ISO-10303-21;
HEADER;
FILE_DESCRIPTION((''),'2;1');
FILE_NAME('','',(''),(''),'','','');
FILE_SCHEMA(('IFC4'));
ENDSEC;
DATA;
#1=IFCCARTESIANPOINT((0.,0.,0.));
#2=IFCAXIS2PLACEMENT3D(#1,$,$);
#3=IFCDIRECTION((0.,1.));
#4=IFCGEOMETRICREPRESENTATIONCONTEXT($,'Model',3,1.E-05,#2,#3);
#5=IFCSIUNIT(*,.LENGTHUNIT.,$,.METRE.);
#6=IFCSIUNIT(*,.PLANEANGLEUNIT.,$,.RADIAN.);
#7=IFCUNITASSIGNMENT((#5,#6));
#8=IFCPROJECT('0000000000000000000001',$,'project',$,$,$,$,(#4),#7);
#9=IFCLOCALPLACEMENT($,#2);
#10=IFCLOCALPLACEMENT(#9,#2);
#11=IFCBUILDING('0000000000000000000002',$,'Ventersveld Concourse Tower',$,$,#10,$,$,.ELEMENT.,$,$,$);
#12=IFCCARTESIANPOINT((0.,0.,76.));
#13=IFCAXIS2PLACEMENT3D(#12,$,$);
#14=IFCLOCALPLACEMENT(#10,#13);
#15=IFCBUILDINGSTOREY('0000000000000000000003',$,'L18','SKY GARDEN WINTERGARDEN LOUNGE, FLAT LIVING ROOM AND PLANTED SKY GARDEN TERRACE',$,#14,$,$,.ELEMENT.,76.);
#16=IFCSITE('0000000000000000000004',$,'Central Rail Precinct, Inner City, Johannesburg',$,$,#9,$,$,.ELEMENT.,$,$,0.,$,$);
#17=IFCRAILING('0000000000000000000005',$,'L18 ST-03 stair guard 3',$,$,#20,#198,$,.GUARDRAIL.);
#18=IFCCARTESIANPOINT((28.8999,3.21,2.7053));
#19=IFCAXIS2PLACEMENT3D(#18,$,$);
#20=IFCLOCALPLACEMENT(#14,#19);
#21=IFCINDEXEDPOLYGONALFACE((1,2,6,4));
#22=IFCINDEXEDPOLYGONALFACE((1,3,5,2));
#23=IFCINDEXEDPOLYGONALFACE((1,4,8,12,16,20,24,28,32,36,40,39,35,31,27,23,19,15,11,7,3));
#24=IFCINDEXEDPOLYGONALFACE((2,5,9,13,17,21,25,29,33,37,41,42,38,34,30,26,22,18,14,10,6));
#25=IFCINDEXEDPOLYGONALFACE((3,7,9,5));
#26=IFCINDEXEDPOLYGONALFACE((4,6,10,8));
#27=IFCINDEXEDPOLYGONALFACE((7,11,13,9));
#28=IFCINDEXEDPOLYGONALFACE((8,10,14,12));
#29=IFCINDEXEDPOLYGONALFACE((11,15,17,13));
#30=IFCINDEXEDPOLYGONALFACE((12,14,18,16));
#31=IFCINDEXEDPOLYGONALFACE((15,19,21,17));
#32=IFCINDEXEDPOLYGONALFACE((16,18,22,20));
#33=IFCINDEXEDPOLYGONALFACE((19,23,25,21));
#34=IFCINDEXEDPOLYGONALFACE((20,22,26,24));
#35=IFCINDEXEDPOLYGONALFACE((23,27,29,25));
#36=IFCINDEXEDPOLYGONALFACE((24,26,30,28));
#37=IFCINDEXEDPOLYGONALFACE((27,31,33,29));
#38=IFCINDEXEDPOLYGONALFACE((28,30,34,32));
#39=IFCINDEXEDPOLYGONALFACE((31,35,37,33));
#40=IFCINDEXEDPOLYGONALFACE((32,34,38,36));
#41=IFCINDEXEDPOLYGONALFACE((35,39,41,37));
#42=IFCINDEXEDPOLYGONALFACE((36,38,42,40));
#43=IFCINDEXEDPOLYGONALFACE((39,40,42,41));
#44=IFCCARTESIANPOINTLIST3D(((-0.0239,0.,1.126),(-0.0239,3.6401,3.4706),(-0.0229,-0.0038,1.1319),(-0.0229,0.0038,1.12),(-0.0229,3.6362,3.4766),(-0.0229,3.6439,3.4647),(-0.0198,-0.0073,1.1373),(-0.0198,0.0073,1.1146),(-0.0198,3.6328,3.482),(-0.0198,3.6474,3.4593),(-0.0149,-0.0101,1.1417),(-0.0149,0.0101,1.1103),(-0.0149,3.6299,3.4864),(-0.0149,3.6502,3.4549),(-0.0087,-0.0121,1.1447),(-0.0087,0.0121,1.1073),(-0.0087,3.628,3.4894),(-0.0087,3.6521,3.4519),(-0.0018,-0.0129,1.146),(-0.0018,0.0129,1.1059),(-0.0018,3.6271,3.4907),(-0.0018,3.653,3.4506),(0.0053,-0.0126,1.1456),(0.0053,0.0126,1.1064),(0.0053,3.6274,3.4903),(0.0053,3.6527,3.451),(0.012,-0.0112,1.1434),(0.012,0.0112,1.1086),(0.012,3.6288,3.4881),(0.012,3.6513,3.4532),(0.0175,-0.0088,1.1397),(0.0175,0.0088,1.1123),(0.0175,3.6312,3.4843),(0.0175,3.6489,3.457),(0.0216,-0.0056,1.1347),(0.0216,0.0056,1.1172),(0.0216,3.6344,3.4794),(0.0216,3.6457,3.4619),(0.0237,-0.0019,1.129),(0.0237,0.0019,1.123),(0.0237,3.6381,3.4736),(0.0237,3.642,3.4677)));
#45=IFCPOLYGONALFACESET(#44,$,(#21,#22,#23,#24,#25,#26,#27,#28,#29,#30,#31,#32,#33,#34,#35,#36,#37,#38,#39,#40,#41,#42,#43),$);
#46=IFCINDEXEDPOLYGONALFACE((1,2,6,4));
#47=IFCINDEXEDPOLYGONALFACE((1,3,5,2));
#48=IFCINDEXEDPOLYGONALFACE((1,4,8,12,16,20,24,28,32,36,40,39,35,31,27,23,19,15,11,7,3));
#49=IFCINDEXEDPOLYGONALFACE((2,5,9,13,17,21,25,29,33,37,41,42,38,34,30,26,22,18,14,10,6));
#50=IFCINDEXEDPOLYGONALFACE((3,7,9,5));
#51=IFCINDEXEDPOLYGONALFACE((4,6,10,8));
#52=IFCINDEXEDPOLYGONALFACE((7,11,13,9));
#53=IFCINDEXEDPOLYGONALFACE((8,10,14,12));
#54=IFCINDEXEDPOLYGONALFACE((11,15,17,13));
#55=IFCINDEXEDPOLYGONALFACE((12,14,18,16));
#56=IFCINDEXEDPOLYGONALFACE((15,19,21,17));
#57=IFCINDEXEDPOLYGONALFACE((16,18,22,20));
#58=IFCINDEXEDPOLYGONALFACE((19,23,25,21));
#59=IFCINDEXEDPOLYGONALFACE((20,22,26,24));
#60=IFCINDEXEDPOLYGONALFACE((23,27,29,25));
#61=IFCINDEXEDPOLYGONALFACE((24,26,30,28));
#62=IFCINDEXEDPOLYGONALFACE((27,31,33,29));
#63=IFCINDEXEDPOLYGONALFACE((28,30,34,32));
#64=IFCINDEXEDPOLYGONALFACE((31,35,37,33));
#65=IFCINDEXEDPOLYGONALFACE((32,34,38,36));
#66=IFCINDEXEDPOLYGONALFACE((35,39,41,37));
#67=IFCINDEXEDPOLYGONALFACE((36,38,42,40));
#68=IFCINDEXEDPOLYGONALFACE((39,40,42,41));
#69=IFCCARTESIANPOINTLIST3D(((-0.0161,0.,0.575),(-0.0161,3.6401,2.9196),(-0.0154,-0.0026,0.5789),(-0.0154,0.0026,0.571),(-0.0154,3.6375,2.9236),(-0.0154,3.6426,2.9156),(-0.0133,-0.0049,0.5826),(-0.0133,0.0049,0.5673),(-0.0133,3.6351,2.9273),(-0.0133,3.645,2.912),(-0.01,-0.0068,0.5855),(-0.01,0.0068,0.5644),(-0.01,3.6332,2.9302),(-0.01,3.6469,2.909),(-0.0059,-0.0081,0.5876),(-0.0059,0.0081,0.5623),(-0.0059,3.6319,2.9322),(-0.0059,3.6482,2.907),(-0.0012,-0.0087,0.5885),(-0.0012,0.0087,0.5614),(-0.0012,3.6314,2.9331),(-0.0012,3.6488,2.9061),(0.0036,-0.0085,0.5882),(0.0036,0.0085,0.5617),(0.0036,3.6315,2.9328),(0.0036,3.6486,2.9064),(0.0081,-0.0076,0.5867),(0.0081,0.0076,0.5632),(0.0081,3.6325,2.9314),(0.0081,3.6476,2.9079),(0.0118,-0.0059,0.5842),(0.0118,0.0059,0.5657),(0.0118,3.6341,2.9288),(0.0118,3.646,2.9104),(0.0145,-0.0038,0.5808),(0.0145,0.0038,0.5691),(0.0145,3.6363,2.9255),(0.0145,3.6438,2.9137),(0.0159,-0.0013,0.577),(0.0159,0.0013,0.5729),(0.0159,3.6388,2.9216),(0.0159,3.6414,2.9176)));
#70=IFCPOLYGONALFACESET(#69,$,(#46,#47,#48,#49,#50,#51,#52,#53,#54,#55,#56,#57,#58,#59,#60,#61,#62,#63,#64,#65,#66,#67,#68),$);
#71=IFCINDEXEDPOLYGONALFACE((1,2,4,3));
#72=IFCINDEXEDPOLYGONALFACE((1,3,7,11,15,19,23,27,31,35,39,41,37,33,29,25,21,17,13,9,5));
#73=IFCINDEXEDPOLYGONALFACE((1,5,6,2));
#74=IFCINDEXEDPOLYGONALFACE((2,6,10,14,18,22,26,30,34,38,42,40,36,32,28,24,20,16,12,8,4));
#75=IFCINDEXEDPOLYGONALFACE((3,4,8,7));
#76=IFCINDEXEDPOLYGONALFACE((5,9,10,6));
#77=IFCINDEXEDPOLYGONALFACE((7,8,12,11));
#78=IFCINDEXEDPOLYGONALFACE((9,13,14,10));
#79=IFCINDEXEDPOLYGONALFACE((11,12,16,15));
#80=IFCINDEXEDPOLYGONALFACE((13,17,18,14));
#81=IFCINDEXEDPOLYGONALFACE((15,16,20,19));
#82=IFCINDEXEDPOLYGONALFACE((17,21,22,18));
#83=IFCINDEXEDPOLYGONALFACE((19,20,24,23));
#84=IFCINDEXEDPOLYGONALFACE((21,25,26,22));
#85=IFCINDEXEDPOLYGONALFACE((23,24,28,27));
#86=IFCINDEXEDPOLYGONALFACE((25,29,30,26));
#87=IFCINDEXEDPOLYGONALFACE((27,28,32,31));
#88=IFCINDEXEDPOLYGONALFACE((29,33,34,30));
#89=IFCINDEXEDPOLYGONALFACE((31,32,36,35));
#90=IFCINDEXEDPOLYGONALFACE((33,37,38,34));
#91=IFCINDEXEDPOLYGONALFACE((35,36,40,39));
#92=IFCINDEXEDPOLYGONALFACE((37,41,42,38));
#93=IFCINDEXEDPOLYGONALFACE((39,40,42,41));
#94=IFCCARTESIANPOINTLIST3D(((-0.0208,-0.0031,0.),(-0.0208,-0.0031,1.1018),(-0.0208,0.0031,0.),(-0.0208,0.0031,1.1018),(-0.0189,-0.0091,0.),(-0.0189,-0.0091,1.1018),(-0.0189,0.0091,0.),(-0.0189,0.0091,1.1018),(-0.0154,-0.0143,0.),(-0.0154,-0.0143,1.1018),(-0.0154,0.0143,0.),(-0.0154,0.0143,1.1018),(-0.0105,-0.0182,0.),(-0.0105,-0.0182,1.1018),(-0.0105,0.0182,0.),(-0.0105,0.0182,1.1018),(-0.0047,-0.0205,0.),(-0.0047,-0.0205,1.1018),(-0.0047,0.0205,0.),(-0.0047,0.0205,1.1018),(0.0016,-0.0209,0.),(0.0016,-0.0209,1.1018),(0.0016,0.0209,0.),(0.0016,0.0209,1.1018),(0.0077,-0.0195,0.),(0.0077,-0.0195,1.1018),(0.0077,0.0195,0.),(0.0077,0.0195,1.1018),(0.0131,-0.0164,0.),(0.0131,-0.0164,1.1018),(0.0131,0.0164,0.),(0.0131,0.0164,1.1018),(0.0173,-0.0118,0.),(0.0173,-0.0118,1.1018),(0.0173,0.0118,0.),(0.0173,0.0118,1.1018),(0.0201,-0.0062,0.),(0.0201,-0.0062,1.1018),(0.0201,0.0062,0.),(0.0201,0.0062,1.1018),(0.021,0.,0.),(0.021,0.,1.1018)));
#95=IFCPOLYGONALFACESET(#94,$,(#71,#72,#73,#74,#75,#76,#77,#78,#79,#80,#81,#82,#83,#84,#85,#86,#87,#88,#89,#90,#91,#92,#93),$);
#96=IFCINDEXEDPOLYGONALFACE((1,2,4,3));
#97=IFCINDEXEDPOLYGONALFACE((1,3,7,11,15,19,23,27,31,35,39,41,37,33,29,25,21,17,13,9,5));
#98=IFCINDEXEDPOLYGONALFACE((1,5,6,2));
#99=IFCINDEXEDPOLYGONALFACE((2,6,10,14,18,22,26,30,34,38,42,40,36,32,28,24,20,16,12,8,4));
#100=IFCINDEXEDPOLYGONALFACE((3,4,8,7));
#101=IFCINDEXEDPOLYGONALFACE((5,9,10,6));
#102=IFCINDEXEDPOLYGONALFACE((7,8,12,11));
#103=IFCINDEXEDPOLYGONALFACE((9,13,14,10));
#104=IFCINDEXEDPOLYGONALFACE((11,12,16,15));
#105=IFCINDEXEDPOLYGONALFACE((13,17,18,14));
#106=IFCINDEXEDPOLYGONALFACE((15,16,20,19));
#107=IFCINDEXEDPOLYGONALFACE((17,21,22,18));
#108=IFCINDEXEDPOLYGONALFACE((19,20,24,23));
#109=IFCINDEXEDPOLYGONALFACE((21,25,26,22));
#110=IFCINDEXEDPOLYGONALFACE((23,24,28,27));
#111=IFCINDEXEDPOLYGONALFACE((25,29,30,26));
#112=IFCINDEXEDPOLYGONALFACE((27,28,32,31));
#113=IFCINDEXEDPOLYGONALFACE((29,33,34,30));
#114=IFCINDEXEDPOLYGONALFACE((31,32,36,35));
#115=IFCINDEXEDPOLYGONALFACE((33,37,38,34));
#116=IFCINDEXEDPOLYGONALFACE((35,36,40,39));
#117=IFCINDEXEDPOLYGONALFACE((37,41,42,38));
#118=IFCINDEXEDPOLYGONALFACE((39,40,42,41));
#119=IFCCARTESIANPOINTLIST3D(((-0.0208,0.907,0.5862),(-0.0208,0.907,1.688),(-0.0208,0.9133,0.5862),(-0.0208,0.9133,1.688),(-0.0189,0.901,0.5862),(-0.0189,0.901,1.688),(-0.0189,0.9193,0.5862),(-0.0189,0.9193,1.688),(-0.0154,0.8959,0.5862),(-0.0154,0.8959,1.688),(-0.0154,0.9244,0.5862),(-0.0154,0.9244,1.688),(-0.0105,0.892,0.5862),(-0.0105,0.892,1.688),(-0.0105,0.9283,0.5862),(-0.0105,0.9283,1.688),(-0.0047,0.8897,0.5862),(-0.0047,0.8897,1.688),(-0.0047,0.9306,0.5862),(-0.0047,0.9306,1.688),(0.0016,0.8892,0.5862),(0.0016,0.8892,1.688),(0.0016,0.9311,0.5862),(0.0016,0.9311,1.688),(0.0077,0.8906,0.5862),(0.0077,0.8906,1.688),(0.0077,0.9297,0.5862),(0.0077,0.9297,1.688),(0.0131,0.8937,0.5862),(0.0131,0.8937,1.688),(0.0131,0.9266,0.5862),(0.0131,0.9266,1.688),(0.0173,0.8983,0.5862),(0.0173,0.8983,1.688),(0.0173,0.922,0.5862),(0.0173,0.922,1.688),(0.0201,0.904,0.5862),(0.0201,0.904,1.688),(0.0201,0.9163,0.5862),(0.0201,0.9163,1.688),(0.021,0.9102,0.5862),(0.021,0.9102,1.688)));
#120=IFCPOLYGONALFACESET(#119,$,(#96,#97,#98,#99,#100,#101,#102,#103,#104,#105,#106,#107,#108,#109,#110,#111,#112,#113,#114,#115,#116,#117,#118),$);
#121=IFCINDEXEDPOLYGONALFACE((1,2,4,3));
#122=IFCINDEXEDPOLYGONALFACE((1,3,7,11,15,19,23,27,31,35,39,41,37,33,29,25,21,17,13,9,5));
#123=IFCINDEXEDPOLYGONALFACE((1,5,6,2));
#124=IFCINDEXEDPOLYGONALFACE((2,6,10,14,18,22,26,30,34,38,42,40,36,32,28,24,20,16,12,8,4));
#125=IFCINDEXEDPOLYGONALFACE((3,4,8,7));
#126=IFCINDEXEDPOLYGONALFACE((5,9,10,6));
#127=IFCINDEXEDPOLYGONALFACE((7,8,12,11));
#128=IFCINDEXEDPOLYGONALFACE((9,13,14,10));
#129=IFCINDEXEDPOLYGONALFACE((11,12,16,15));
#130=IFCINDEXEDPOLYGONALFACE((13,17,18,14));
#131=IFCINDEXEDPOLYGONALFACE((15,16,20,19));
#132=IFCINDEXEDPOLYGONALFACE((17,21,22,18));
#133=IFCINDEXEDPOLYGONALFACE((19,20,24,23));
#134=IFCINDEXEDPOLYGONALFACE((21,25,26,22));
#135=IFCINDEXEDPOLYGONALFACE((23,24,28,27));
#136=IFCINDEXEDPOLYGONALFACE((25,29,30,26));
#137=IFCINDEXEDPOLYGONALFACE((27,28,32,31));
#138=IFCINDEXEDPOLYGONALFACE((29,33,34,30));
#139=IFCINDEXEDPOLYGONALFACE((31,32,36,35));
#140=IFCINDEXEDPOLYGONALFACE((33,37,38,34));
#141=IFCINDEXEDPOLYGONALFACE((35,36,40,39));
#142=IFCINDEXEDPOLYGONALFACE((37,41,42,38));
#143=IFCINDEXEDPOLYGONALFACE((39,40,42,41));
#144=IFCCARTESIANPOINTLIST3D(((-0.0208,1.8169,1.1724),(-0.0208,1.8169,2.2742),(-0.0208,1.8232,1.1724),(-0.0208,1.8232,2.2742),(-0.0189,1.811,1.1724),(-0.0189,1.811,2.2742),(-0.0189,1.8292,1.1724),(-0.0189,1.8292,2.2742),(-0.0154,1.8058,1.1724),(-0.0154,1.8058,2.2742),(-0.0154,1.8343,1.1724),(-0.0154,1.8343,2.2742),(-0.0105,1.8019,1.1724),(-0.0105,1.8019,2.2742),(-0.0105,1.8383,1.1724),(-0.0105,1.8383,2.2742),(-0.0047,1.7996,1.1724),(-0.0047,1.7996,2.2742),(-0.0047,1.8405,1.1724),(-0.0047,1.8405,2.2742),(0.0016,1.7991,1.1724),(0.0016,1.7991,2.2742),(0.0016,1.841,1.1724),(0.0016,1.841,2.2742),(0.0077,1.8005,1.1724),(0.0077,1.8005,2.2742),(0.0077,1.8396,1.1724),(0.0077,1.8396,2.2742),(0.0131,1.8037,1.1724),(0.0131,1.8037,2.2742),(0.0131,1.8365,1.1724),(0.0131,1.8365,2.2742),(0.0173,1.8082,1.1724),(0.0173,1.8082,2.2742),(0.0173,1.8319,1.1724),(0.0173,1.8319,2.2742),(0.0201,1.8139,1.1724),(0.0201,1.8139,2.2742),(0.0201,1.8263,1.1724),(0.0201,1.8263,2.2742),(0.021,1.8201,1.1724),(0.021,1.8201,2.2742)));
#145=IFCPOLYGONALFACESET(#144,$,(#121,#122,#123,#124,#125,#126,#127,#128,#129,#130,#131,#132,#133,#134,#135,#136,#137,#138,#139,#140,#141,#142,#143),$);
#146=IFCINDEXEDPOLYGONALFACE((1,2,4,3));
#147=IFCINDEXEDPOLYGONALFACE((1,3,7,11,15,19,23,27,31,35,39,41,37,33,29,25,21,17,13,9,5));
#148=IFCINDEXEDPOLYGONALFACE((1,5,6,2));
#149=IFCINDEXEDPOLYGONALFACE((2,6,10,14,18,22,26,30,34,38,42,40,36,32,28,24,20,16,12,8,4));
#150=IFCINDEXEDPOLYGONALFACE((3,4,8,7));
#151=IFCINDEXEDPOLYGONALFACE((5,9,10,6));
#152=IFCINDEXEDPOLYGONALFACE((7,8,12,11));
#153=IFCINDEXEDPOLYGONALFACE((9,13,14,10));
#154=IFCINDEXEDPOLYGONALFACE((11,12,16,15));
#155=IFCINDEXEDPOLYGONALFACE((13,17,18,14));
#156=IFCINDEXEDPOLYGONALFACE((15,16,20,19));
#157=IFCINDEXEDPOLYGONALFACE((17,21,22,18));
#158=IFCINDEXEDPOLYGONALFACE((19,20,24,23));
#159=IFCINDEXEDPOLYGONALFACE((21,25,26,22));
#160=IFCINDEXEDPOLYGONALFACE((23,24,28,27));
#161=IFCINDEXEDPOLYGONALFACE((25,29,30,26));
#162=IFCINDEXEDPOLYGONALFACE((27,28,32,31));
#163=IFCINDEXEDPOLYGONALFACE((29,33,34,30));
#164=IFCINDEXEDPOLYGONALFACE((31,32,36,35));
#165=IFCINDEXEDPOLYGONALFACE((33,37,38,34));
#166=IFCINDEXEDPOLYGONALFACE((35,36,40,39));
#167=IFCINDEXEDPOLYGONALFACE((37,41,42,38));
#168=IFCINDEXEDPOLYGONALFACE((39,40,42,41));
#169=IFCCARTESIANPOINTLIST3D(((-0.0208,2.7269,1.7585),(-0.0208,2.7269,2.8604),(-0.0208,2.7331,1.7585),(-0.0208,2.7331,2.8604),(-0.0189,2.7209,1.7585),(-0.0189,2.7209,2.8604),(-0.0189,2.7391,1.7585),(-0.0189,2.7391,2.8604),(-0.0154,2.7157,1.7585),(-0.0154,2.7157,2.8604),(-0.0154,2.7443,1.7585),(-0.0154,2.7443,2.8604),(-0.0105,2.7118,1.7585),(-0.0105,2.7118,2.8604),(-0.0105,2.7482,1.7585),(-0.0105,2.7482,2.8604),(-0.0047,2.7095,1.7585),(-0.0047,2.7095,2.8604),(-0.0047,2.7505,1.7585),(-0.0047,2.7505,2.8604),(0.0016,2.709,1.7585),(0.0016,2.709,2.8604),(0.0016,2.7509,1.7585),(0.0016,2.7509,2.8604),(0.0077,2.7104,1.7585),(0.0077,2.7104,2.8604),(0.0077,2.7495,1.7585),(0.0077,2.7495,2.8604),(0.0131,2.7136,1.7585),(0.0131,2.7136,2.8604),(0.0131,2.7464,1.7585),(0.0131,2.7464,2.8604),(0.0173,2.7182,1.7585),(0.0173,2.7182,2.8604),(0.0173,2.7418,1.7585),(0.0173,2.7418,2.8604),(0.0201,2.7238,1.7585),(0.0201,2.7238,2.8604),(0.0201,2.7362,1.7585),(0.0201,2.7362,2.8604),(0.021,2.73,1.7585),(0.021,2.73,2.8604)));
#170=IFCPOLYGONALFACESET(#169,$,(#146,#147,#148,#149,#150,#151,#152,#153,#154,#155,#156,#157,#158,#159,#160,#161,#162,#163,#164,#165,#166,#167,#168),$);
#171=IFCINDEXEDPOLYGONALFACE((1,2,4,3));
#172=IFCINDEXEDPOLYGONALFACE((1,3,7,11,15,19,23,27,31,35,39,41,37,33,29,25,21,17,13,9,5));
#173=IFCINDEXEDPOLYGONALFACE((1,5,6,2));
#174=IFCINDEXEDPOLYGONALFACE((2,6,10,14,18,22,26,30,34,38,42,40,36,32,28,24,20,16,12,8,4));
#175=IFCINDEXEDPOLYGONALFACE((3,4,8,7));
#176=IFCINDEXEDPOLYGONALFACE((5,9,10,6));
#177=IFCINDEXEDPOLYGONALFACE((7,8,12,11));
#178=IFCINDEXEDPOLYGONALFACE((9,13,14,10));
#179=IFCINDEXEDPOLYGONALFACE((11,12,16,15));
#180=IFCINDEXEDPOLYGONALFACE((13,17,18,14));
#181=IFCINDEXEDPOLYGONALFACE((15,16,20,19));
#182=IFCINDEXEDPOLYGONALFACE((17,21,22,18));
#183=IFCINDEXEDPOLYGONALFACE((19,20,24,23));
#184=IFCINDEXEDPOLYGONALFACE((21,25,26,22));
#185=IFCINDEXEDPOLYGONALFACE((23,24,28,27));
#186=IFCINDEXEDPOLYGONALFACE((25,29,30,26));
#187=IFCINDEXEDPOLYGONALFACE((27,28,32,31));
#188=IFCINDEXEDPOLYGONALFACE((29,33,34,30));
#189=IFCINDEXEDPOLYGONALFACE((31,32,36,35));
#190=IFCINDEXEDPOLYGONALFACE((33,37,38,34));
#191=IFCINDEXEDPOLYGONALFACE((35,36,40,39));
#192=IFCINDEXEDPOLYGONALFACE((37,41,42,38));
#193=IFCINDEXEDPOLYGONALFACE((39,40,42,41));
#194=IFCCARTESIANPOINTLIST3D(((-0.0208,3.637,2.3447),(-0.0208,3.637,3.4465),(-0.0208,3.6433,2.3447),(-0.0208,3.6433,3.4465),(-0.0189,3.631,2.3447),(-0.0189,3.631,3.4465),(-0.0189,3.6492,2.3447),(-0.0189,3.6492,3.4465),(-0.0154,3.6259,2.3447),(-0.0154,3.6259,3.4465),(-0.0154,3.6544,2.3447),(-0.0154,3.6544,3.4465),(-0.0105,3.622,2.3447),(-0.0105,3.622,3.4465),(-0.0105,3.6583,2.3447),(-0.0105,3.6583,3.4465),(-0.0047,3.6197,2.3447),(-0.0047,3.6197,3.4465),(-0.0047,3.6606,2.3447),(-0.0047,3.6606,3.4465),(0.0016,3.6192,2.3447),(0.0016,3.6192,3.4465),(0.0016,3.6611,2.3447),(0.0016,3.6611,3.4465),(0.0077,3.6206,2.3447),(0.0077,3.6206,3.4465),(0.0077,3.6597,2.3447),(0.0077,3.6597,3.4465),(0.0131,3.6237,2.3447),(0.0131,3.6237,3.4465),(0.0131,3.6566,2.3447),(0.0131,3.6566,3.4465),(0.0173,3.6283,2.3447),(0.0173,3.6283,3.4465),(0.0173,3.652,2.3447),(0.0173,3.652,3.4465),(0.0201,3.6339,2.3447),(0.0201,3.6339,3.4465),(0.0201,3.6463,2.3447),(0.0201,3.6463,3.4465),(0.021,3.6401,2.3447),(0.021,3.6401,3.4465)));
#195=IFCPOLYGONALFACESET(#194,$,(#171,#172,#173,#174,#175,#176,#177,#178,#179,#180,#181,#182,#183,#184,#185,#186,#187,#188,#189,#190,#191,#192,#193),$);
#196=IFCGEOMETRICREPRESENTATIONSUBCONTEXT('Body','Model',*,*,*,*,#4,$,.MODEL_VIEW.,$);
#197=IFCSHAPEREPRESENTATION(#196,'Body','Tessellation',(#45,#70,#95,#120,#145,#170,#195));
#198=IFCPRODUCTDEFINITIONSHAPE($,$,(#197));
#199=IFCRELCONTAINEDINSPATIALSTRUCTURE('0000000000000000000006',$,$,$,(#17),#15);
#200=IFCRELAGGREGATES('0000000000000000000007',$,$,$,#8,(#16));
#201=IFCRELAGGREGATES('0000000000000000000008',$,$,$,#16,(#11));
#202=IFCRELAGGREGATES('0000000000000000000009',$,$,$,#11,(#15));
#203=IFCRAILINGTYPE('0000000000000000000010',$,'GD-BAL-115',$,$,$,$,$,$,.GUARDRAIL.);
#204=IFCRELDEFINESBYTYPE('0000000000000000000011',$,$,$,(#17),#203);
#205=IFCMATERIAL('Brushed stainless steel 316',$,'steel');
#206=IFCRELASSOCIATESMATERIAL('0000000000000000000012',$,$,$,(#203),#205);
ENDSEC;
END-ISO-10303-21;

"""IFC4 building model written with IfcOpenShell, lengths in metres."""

from ifc_helpers import new_model, si_unit, direction, frame, origin, origin_2d, place, context, subcontext, project, spatial, circle, extrude, material, type_object, element, save


model = new_model("IFC4")

# Units and contexts
model_context = context("Model", 3, precision=1e-05, world=origin(), true_north=direction((0.0, 1.0)))
body_context = subcontext(model_context, "Body", "Model", "MODEL_VIEW")
ifc_project = project(units=[si_unit("LENGTHUNIT", "METRE"), si_unit("PLANEANGLEUNIT", "RADIAN")], contexts=[model_context])

# Site, building, storey
site_placement = place(None, origin())
site = spatial("IfcSite", under=ifc_project, at=site_placement, Name="Central Rail Precinct, Inner City, Johannesburg", CompositionType="ELEMENT", RefElevation=0.0)
building_placement = place(site_placement, origin())
building = spatial("IfcBuilding", under=site, at=building_placement, Name="Ventersveld Concourse Tower", CompositionType="ELEMENT")
storey_placement = place(building_placement, frame((0.0, 0.0, 76.0)))
storey = spatial("IfcBuildingStorey", under=building, at=storey_placement, Name="L18", Description="SKY GARDEN WINTERGARDEN LOUNGE, FLAT LIVING ROOM AND PLANTED SKY GARDEN TERRACE", CompositionType="ELEMENT", Elevation=76.0)

# Railing
ifc_material_1 = material(Name="Brushed stainless steel 316", Category="steel")
railing_type_1 = type_object("IfcRailingType", Name="GD-BAL-115", PredefinedType="GUARDRAIL", material=ifc_material_1)
railing_1_placement = place(storey_placement, frame((28.8999, 3.21, 2.7053)))
element("IfcRailing", 1, at=railing_1_placement, inside=storey, type_object=railing_type_1, Name="L18 ST-03 stair guard 3", PredefinedType="GUARDRAIL", context=body_context, shape_type="SweptSolid", body=[
    extrude(circle(Radius=0.0239, at=origin_2d()), frame((0.0, 0.0, 1.126), z_axis=(0.0, 0.840691, 0.541515), x_axis=(-1.0, 0.0, 0.0)), (0.0, 0.0, 1.0), 4.3298),
    extrude(circle(Radius=0.0161, at=origin_2d()), frame((0.0, 0.0, 0.575), z_axis=(0.0, 0.840691, 0.541515), x_axis=(-1.0, 0.0, 0.0)), (0.0, 0.0, 1.0), 4.3298),
    extrude(circle(Radius=0.021, at=origin_2d()), origin(), (0.0, 0.0, 1.0), 1.1018),
    extrude(circle(Radius=0.021, at=origin_2d()), frame((0.0, 0.9102, 0.5862)), (0.0, 0.0, 1.0), 1.1018),
    extrude(circle(Radius=0.021, at=origin_2d()), frame((0.0, 1.8201, 1.1724)), (0.0, 0.0, 1.0), 1.1018),
    extrude(circle(Radius=0.021, at=origin_2d()), frame((0.0, 2.73, 1.7585)), (0.0, 0.0, 1.0), 1.1018),
    extrude(circle(Radius=0.021, at=origin_2d()), frame((0.0, 3.6401, 2.3447)), (0.0, 0.0, 1.0), 1.1018),
])

save(model, "model.ifc")
